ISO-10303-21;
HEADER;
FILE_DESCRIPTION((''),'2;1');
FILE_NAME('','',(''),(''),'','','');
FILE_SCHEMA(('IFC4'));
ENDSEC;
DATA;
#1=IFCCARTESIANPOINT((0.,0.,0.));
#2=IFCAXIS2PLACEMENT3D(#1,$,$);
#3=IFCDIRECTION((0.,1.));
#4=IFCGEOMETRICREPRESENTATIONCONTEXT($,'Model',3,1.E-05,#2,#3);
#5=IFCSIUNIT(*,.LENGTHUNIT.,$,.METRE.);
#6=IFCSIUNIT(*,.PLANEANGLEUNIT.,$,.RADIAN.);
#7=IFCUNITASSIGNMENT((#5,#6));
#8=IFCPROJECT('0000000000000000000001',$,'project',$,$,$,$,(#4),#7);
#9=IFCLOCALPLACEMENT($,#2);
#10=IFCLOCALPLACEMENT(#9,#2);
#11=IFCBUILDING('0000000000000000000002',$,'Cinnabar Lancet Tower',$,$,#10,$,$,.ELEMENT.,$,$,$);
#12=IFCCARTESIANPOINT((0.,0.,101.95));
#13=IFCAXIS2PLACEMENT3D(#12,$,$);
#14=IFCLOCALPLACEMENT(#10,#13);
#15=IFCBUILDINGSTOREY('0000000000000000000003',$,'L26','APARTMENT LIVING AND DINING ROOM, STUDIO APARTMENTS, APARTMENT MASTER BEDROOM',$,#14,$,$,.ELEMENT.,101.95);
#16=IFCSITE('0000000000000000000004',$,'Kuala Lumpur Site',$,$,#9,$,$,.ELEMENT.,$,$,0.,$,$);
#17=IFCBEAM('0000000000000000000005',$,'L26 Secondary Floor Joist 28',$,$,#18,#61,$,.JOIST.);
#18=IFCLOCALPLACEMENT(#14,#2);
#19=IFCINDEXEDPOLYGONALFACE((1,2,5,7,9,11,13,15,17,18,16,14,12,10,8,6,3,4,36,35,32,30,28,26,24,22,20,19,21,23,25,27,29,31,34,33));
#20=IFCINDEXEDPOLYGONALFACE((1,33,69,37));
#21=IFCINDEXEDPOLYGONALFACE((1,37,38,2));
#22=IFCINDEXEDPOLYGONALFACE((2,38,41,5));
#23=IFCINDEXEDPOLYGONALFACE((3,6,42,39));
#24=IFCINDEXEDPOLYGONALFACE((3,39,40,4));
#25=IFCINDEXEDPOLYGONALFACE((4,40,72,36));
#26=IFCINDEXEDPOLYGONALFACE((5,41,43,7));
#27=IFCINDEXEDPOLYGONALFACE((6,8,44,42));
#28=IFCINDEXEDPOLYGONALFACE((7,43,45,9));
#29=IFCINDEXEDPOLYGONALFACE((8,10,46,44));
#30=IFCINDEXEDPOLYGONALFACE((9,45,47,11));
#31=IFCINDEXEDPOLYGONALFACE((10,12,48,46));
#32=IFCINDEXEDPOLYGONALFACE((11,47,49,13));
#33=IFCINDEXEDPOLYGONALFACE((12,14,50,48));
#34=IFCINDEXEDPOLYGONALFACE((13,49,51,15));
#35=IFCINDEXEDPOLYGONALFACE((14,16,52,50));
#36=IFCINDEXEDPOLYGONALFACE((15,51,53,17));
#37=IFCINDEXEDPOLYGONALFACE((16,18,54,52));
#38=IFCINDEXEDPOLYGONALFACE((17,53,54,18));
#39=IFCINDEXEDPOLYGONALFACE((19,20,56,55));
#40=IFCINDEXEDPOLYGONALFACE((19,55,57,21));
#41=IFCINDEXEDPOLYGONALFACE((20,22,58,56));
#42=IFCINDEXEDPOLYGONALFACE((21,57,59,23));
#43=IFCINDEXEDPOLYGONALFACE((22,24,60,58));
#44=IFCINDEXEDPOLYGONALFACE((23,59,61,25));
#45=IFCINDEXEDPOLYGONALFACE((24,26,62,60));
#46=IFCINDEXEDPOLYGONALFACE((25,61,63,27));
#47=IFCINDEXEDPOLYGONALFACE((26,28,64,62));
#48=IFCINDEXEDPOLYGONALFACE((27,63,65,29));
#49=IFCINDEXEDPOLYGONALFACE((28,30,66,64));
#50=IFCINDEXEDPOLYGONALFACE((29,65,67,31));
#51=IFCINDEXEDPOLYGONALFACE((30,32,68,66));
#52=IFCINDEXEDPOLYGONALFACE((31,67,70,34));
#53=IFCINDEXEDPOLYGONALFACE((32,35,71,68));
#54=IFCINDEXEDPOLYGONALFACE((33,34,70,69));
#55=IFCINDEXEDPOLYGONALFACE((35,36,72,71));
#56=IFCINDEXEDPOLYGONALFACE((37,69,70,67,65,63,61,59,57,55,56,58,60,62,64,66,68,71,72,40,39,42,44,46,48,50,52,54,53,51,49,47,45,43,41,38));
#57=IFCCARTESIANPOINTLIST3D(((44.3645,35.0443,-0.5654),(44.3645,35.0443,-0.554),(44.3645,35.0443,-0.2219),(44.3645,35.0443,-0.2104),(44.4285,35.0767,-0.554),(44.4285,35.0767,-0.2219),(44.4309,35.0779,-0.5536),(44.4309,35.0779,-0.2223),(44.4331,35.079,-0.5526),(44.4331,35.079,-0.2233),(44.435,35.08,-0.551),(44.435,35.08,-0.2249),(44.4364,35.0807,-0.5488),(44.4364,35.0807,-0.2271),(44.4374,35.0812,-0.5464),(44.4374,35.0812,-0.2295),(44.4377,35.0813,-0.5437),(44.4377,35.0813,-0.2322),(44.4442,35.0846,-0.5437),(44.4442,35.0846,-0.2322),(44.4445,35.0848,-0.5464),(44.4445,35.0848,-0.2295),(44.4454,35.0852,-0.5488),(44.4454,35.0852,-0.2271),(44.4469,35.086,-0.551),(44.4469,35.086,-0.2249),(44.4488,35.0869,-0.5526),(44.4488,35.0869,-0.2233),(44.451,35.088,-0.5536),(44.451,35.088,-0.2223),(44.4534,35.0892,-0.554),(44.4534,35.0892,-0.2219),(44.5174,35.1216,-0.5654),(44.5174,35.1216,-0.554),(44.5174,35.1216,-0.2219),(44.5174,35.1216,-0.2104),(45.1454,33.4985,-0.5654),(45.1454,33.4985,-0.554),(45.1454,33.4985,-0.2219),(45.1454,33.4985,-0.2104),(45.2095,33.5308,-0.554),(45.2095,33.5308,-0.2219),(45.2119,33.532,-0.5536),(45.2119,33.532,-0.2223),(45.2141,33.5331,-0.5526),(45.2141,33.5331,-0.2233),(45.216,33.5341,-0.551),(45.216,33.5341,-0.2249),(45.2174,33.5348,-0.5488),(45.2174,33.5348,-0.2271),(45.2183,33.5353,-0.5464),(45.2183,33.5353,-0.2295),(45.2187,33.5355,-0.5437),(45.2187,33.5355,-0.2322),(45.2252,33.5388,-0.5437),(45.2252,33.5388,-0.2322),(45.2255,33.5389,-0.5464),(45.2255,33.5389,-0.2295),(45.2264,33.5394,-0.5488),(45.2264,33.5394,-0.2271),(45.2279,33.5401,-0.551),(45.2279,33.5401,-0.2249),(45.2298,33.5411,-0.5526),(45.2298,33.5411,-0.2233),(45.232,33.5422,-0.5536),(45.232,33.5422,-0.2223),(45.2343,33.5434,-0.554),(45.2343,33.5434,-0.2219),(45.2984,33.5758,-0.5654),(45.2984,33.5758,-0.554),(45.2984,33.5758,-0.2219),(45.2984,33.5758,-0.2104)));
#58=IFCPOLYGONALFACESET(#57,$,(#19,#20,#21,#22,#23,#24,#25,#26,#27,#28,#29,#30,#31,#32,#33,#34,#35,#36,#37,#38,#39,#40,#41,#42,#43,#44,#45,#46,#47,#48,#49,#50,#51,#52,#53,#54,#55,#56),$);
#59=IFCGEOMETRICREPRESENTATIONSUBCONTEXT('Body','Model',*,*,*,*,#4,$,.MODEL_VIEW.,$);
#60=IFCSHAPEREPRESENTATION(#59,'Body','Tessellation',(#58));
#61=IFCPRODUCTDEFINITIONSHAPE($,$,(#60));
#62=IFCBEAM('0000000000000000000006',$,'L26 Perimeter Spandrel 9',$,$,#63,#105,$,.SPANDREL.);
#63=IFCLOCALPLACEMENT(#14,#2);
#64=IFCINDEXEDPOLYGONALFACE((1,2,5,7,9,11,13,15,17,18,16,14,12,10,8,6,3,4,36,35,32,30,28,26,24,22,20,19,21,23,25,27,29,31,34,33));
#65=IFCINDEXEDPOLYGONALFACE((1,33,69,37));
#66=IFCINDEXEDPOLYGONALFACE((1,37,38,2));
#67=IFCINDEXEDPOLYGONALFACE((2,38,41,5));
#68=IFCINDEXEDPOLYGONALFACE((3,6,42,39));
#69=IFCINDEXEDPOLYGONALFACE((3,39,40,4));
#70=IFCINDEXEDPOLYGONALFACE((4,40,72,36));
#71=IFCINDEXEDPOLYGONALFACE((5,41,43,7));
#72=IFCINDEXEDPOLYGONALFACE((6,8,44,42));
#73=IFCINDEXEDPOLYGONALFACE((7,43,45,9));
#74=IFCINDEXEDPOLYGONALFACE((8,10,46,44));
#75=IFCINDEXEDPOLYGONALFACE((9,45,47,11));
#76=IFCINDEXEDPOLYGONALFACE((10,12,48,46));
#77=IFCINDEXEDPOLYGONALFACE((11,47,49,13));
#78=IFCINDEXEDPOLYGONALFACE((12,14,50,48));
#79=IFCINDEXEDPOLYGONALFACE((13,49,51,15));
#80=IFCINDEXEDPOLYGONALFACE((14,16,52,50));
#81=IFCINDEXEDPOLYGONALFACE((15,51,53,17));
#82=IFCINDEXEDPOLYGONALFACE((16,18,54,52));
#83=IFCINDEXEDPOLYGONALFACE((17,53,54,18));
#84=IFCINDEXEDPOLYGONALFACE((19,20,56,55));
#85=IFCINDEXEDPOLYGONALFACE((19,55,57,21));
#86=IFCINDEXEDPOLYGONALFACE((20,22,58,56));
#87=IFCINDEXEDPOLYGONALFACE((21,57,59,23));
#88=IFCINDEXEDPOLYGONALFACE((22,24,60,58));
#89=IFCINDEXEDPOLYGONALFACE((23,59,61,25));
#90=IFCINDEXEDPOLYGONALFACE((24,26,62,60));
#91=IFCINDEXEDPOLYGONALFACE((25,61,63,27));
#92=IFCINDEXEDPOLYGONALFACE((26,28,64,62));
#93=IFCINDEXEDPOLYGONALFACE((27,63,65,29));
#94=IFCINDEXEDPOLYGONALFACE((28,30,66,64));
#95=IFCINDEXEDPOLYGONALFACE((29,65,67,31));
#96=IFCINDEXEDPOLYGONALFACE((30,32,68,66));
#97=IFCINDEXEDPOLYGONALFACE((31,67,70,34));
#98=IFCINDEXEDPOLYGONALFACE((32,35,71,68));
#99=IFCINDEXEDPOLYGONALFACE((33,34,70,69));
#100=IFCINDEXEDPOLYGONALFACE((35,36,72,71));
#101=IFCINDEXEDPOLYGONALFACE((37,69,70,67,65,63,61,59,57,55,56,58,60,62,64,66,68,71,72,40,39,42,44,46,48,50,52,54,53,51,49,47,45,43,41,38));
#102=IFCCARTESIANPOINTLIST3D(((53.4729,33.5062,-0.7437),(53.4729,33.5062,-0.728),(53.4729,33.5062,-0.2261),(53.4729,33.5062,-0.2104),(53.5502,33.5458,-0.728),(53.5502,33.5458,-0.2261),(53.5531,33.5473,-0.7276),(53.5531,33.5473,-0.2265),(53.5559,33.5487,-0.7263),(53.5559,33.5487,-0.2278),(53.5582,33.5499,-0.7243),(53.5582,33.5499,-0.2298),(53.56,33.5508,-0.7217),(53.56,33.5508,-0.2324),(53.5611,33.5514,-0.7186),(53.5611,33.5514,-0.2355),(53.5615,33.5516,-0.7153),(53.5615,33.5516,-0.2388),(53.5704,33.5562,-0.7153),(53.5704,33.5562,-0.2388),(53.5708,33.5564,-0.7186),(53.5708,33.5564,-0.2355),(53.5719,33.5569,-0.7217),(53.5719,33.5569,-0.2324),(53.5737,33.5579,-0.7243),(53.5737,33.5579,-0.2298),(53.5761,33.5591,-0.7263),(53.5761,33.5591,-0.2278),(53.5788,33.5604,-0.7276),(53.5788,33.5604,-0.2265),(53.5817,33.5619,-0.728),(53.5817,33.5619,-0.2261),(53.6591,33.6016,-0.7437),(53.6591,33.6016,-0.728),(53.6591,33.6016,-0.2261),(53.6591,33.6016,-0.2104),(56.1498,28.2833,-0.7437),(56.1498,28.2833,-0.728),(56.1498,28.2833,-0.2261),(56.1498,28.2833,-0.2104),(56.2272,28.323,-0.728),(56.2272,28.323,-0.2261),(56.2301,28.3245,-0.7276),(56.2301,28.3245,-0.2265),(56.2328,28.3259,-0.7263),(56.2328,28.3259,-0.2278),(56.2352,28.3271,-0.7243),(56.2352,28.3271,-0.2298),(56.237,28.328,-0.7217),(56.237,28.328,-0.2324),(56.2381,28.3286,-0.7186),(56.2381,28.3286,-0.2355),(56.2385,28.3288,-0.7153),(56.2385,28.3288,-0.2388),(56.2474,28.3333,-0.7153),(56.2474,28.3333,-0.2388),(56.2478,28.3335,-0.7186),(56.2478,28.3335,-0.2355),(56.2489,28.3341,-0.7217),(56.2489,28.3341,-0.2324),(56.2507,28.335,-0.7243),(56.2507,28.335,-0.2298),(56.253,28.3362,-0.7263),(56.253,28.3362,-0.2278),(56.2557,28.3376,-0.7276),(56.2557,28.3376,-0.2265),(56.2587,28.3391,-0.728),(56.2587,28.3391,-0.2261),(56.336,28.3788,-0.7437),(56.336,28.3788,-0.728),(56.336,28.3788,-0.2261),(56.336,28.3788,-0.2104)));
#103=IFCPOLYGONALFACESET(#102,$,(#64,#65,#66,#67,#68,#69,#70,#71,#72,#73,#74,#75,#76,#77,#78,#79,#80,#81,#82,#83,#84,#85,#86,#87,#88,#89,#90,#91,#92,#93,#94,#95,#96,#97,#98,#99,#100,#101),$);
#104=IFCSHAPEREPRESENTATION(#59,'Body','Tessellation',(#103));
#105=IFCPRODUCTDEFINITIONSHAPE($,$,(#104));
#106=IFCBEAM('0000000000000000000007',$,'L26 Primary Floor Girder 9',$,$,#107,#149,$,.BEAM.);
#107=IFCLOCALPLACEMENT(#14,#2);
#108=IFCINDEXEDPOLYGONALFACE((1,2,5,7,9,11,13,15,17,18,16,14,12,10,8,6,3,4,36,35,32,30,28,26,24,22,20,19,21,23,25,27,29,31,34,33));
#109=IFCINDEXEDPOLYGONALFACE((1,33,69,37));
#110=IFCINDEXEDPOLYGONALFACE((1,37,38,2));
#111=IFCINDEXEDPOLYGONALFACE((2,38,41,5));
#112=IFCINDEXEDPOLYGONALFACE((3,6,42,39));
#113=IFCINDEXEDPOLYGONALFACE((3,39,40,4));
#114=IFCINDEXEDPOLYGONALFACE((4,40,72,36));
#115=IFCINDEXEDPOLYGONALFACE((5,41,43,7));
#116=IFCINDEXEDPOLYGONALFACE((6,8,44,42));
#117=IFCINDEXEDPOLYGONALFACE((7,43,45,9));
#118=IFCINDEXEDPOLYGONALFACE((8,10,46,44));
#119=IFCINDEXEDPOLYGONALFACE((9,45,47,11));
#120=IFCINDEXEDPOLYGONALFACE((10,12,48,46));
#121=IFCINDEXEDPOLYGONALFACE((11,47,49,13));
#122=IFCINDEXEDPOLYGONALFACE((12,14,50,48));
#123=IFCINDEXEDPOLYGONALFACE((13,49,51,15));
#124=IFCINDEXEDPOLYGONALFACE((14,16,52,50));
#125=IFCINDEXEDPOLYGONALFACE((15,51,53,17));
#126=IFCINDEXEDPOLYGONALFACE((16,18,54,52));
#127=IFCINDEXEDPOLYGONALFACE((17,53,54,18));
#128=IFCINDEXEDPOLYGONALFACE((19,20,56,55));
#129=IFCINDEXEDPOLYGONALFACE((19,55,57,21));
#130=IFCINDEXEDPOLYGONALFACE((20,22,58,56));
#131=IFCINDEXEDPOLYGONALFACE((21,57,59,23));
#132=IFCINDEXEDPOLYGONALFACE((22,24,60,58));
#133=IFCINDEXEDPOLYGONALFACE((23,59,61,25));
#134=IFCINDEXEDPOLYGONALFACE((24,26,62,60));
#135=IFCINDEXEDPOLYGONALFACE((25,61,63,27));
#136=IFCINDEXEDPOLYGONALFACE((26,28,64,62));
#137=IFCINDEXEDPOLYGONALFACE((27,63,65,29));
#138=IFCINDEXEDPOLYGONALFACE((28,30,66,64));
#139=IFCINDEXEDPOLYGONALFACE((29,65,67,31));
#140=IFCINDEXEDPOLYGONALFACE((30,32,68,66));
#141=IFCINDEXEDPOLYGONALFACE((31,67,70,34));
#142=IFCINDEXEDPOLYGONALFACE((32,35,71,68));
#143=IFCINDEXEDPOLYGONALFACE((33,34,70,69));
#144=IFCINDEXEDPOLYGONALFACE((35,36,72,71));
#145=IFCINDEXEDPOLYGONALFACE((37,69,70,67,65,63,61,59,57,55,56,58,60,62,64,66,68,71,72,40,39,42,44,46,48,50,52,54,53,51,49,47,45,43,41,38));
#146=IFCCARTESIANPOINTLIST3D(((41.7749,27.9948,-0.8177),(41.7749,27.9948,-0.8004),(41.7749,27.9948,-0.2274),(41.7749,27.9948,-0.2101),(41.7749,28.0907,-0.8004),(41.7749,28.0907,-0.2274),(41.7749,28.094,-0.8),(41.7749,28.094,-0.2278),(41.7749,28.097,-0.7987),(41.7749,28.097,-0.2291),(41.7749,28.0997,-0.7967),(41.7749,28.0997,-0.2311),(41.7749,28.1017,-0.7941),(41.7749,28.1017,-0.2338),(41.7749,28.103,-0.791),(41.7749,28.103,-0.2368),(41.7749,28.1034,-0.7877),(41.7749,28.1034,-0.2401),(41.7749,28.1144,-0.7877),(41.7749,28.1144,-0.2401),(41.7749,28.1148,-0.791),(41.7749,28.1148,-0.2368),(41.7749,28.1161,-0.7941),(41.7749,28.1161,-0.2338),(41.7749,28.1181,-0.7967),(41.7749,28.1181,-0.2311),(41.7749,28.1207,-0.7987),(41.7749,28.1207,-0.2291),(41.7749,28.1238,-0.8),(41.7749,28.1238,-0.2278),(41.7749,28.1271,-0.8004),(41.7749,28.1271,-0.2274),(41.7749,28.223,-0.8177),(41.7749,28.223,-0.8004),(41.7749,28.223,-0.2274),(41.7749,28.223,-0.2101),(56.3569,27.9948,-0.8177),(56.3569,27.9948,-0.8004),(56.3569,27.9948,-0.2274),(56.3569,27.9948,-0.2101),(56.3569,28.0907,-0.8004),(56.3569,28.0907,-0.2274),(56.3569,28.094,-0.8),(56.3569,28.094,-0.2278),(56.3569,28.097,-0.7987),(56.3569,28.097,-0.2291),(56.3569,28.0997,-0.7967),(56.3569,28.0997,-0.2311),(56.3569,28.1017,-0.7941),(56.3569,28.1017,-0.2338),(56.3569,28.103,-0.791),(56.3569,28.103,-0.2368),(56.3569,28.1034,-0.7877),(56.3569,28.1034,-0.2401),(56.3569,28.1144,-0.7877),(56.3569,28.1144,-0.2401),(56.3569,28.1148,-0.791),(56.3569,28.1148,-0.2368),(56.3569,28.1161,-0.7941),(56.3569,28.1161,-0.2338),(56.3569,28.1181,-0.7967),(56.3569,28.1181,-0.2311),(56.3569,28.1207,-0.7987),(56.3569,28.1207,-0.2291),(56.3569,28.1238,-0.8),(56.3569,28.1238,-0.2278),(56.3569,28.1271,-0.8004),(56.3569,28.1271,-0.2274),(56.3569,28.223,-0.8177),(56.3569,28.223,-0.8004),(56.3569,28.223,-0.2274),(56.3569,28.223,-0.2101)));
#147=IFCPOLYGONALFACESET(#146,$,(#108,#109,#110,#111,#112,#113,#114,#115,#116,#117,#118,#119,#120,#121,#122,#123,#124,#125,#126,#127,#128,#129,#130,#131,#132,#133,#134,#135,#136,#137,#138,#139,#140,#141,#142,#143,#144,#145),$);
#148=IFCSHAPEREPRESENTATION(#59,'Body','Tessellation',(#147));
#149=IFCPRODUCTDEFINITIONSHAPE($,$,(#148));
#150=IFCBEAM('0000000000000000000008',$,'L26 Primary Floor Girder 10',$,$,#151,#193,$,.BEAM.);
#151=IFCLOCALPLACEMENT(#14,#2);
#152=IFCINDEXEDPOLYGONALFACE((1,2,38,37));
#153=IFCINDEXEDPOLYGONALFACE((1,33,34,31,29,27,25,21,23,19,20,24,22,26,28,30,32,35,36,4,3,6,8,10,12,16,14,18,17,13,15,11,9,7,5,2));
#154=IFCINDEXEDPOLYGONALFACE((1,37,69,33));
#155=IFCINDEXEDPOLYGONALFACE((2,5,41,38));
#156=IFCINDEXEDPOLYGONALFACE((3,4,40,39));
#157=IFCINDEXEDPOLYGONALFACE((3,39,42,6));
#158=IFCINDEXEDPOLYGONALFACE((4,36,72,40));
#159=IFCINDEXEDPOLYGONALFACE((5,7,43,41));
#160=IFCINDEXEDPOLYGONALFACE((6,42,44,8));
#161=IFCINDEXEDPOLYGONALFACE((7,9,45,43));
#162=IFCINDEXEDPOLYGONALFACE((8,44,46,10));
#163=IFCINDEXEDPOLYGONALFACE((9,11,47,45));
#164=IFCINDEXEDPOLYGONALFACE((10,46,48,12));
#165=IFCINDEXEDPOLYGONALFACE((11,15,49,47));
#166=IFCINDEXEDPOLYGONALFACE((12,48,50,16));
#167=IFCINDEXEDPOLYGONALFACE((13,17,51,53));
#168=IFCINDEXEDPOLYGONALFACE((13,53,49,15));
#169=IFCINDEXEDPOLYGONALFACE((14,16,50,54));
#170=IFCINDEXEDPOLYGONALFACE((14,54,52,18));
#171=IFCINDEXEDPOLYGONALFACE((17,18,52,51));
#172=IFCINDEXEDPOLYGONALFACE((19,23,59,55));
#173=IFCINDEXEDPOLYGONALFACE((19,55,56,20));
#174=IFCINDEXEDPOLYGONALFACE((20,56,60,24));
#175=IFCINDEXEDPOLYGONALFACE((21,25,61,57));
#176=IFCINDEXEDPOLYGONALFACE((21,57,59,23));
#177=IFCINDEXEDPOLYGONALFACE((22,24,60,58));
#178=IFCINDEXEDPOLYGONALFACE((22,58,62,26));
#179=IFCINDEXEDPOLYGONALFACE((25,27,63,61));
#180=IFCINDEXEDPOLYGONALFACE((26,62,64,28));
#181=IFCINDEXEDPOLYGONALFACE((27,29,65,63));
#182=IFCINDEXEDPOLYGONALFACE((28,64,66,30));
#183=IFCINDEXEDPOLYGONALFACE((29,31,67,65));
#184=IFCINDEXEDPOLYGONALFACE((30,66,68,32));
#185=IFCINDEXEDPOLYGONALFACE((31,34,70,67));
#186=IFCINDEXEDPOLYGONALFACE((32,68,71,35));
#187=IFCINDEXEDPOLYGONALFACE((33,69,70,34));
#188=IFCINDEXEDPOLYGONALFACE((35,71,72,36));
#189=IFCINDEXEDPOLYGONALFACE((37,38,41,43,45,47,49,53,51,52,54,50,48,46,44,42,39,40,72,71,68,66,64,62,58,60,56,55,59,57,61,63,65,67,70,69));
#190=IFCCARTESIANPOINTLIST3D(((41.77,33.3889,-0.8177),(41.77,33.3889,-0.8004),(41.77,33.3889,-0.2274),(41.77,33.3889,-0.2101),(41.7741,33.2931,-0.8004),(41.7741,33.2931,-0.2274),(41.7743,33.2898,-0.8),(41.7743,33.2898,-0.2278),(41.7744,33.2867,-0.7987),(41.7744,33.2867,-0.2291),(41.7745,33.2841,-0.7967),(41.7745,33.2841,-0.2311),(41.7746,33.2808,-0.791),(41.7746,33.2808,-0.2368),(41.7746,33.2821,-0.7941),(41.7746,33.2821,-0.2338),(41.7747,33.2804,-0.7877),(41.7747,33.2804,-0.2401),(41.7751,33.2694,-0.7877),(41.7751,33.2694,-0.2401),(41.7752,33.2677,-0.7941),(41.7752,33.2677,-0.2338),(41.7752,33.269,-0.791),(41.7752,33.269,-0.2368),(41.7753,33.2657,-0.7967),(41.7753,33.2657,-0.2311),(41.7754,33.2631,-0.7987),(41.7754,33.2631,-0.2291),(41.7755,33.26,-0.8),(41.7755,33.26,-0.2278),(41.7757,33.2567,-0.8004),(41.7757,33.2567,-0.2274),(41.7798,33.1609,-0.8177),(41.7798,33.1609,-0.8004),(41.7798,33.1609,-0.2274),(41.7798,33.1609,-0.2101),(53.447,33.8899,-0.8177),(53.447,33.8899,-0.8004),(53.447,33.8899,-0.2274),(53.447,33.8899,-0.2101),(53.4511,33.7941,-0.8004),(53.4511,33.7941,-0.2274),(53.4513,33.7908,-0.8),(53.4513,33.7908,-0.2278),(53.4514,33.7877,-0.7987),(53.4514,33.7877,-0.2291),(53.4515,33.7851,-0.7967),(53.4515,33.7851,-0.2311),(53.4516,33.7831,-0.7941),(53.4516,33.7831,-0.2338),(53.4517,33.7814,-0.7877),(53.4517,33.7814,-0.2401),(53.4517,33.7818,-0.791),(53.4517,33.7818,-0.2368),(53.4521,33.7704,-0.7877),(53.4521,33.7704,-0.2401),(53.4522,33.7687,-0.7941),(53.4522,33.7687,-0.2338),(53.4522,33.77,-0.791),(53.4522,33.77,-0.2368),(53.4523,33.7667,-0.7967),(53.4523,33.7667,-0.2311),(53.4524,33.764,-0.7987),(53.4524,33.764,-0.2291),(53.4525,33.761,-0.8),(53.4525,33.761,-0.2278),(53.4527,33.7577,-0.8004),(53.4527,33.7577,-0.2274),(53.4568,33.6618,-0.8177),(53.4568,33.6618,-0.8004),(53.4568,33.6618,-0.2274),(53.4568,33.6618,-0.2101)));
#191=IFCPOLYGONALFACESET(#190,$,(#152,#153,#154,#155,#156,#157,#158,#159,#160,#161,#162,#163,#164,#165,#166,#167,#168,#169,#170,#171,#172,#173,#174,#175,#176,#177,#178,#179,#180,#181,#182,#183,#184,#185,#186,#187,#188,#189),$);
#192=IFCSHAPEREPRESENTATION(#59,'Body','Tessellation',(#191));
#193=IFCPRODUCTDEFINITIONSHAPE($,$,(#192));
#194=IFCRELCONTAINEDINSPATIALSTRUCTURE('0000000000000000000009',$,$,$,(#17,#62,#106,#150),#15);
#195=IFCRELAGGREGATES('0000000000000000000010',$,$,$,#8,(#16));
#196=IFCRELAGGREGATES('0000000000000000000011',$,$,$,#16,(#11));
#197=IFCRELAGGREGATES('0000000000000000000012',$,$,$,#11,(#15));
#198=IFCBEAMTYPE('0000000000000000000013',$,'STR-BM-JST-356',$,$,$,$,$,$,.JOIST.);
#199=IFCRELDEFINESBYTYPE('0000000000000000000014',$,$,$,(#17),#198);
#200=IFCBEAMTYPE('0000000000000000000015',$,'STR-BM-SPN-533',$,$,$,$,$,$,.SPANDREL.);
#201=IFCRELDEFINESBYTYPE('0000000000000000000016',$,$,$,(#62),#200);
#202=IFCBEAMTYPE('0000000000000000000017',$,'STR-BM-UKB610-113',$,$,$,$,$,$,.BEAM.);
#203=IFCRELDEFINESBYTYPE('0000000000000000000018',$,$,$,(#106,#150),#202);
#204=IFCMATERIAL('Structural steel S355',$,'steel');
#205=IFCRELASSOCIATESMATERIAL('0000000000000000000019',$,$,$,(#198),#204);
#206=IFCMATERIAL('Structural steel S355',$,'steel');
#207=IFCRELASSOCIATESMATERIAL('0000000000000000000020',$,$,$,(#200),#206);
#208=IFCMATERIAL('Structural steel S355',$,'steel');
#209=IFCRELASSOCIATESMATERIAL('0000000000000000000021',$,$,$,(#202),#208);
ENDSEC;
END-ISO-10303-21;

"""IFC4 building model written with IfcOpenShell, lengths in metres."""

from ifc_helpers import new_model, si_unit, direction, frame, origin, origin_2d, place, context, subcontext, project, spatial, i_section, extrude, material, material_profile, profile_set, type_object, element, save


model = new_model("IFC4")

# Units and contexts
model_context = context("Model", 3, precision=1e-05, world=origin(), true_north=direction((0.0, 1.0)))
body_context = subcontext(model_context, "Body", "Model", "MODEL_VIEW")
ifc_project = project(units=[si_unit("LENGTHUNIT", "METRE"), si_unit("PLANEANGLEUNIT", "RADIAN")], contexts=[model_context])

# Site, building, storey
site_placement = place(None, origin())
site = spatial("IfcSite", under=ifc_project, at=site_placement, Name="Kuala Lumpur Site", CompositionType="ELEMENT", RefElevation=0.0)
building_placement = place(site_placement, origin())
building = spatial("IfcBuilding", under=site, at=building_placement, Name="Cinnabar Lancet Tower", CompositionType="ELEMENT")
storey_placement = place(building_placement, frame((0.0, 0.0, 101.95)))
storey = spatial("IfcBuildingStorey", under=building, at=storey_placement, Name="L26", Description="APARTMENT LIVING AND DINING ROOM, STUDIO APARTMENTS, APARTMENT MASTER BEDROOM", CompositionType="ELEMENT", Elevation=101.95)

# Beams
ifc_material_1 = material(Name="Structural steel S355", Category="steel")
ifc_material_profile_1 = material_profile(ifc_material_1, i_section(OverallWidth=0.1714, OverallDepth=0.355, WebThickness=0.0073, FlangeThickness=0.0115, FilletRadius=0.0103, at=origin_2d()), Name="UKB 356x171x51")
ifc_profile_set_1 = profile_set([ifc_material_profile_1], Name="Structural steel S355")
beam_type_1 = type_object("IfcBeamType", Name="STR-BM-JST-356", PredefinedType="JOIST", material=ifc_profile_set_1)
beam_1_placement = place(storey_placement, frame((45.2219, 33.5371, -0.3879), z_axis=(-0.450931, 0.892559, 0.0), x_axis=(-0.892559, -0.450931, 0.0)))
element("IfcBeam", 1, at=beam_1_placement, inside=storey, type_object=beam_type_1, Name="L26 Secondary Floor Joist 28", PredefinedType="JOIST", context=body_context, shape_type="SweptSolid", body=[
    extrude(i_section(OverallWidth=0.1714, OverallDepth=0.355, WebThickness=0.0073, FlangeThickness=0.0115, FilletRadius=0.0103, at=origin_2d()), origin(), (0.0, 0.0, 1.0), 1.7319),
])
ifc_material_2 = material(Name="Structural steel S355", Category="steel")
ifc_material_profile_2 = material_profile(ifc_material_2, i_section(OverallWidth=0.2092, OverallDepth=0.5332, WebThickness=0.01, FlangeThickness=0.0156, FilletRadius=0.0127, at=origin_2d()), Name="UKB 533x210x92")
ifc_profile_set_2 = profile_set([ifc_material_profile_2], Name="Structural steel S355")
beam_type_2 = type_object("IfcBeamType", Name="STR-BM-SPN-533", PredefinedType="SPANDREL", material=ifc_profile_set_2)
beam_2_placement = place(storey_placement, frame((56.2429, 28.3311, -0.4771), z_axis=(-0.456127, 0.889915, 0.0), x_axis=(-0.889915, -0.456127, 0.0)))
element("IfcBeam", 2, at=beam_2_placement, inside=storey, type_object=beam_type_2, Name="L26 Perimeter Spandrel 9", PredefinedType="SPANDREL", context=body_context, shape_type="SweptSolid", body=[
    extrude(i_section(OverallWidth=0.2092, OverallDepth=0.5332, WebThickness=0.01, FlangeThickness=0.0156, FilletRadius=0.0127, at=origin_2d()), origin(), (0.0, 0.0, 1.0), 5.8689),
])
ifc_material_3 = material(Name="Structural steel S355", Category="steel")
ifc_material_profile_3 = material_profile(ifc_material_3, i_section(OverallWidth=0.2283, OverallDepth=0.6077, WebThickness=0.011, FlangeThickness=0.0173, FilletRadius=0.0127, at=origin_2d()), Name="UKB 610x229x113")
ifc_profile_set_3 = profile_set([ifc_material_profile_3], Name="Structural steel S355")
beam_type_3 = type_object("IfcBeamType", Name="STR-BM-UKB610-113", PredefinedType="BEAM", material=ifc_profile_set_3)
beam_3_placement = place(storey_placement, frame((56.3569, 28.1089, -0.5139), z_axis=(-1.0, 0.0, 0.0), x_axis=(0.0, -1.0, 0.0)))
element("IfcBeam", 3, at=beam_3_placement, inside=storey, type_object=beam_type_3, Name="L26 Primary Floor Girder 9", PredefinedType="BEAM", context=body_context, shape_type="SweptSolid", body=[
    extrude(i_section(OverallWidth=0.2283, OverallDepth=0.6077, WebThickness=0.011, FlangeThickness=0.0173, FilletRadius=0.0127, at=origin_2d()), origin(), (0.0, 0.0, 1.0), 14.582),
])
beam_4_placement = place(storey_placement, frame((53.4519, 33.7759, -0.5139), z_axis=(-0.999081, -0.042863, 0.0), x_axis=(0.042863, -0.999081, 0.0)))
element("IfcBeam", 4, at=beam_4_placement, inside=storey, type_object=beam_type_3, Name="L26 Primary Floor Girder 10", PredefinedType="BEAM", context=body_context, shape_type="SweptSolid", body=[
    extrude(i_section(OverallWidth=0.2283, OverallDepth=0.6077, WebThickness=0.011, FlangeThickness=0.0173, FilletRadius=0.0127, at=origin_2d()), origin(), (0.0, 0.0, 1.0), 11.6877),
])

save(model, "model.ifc")
